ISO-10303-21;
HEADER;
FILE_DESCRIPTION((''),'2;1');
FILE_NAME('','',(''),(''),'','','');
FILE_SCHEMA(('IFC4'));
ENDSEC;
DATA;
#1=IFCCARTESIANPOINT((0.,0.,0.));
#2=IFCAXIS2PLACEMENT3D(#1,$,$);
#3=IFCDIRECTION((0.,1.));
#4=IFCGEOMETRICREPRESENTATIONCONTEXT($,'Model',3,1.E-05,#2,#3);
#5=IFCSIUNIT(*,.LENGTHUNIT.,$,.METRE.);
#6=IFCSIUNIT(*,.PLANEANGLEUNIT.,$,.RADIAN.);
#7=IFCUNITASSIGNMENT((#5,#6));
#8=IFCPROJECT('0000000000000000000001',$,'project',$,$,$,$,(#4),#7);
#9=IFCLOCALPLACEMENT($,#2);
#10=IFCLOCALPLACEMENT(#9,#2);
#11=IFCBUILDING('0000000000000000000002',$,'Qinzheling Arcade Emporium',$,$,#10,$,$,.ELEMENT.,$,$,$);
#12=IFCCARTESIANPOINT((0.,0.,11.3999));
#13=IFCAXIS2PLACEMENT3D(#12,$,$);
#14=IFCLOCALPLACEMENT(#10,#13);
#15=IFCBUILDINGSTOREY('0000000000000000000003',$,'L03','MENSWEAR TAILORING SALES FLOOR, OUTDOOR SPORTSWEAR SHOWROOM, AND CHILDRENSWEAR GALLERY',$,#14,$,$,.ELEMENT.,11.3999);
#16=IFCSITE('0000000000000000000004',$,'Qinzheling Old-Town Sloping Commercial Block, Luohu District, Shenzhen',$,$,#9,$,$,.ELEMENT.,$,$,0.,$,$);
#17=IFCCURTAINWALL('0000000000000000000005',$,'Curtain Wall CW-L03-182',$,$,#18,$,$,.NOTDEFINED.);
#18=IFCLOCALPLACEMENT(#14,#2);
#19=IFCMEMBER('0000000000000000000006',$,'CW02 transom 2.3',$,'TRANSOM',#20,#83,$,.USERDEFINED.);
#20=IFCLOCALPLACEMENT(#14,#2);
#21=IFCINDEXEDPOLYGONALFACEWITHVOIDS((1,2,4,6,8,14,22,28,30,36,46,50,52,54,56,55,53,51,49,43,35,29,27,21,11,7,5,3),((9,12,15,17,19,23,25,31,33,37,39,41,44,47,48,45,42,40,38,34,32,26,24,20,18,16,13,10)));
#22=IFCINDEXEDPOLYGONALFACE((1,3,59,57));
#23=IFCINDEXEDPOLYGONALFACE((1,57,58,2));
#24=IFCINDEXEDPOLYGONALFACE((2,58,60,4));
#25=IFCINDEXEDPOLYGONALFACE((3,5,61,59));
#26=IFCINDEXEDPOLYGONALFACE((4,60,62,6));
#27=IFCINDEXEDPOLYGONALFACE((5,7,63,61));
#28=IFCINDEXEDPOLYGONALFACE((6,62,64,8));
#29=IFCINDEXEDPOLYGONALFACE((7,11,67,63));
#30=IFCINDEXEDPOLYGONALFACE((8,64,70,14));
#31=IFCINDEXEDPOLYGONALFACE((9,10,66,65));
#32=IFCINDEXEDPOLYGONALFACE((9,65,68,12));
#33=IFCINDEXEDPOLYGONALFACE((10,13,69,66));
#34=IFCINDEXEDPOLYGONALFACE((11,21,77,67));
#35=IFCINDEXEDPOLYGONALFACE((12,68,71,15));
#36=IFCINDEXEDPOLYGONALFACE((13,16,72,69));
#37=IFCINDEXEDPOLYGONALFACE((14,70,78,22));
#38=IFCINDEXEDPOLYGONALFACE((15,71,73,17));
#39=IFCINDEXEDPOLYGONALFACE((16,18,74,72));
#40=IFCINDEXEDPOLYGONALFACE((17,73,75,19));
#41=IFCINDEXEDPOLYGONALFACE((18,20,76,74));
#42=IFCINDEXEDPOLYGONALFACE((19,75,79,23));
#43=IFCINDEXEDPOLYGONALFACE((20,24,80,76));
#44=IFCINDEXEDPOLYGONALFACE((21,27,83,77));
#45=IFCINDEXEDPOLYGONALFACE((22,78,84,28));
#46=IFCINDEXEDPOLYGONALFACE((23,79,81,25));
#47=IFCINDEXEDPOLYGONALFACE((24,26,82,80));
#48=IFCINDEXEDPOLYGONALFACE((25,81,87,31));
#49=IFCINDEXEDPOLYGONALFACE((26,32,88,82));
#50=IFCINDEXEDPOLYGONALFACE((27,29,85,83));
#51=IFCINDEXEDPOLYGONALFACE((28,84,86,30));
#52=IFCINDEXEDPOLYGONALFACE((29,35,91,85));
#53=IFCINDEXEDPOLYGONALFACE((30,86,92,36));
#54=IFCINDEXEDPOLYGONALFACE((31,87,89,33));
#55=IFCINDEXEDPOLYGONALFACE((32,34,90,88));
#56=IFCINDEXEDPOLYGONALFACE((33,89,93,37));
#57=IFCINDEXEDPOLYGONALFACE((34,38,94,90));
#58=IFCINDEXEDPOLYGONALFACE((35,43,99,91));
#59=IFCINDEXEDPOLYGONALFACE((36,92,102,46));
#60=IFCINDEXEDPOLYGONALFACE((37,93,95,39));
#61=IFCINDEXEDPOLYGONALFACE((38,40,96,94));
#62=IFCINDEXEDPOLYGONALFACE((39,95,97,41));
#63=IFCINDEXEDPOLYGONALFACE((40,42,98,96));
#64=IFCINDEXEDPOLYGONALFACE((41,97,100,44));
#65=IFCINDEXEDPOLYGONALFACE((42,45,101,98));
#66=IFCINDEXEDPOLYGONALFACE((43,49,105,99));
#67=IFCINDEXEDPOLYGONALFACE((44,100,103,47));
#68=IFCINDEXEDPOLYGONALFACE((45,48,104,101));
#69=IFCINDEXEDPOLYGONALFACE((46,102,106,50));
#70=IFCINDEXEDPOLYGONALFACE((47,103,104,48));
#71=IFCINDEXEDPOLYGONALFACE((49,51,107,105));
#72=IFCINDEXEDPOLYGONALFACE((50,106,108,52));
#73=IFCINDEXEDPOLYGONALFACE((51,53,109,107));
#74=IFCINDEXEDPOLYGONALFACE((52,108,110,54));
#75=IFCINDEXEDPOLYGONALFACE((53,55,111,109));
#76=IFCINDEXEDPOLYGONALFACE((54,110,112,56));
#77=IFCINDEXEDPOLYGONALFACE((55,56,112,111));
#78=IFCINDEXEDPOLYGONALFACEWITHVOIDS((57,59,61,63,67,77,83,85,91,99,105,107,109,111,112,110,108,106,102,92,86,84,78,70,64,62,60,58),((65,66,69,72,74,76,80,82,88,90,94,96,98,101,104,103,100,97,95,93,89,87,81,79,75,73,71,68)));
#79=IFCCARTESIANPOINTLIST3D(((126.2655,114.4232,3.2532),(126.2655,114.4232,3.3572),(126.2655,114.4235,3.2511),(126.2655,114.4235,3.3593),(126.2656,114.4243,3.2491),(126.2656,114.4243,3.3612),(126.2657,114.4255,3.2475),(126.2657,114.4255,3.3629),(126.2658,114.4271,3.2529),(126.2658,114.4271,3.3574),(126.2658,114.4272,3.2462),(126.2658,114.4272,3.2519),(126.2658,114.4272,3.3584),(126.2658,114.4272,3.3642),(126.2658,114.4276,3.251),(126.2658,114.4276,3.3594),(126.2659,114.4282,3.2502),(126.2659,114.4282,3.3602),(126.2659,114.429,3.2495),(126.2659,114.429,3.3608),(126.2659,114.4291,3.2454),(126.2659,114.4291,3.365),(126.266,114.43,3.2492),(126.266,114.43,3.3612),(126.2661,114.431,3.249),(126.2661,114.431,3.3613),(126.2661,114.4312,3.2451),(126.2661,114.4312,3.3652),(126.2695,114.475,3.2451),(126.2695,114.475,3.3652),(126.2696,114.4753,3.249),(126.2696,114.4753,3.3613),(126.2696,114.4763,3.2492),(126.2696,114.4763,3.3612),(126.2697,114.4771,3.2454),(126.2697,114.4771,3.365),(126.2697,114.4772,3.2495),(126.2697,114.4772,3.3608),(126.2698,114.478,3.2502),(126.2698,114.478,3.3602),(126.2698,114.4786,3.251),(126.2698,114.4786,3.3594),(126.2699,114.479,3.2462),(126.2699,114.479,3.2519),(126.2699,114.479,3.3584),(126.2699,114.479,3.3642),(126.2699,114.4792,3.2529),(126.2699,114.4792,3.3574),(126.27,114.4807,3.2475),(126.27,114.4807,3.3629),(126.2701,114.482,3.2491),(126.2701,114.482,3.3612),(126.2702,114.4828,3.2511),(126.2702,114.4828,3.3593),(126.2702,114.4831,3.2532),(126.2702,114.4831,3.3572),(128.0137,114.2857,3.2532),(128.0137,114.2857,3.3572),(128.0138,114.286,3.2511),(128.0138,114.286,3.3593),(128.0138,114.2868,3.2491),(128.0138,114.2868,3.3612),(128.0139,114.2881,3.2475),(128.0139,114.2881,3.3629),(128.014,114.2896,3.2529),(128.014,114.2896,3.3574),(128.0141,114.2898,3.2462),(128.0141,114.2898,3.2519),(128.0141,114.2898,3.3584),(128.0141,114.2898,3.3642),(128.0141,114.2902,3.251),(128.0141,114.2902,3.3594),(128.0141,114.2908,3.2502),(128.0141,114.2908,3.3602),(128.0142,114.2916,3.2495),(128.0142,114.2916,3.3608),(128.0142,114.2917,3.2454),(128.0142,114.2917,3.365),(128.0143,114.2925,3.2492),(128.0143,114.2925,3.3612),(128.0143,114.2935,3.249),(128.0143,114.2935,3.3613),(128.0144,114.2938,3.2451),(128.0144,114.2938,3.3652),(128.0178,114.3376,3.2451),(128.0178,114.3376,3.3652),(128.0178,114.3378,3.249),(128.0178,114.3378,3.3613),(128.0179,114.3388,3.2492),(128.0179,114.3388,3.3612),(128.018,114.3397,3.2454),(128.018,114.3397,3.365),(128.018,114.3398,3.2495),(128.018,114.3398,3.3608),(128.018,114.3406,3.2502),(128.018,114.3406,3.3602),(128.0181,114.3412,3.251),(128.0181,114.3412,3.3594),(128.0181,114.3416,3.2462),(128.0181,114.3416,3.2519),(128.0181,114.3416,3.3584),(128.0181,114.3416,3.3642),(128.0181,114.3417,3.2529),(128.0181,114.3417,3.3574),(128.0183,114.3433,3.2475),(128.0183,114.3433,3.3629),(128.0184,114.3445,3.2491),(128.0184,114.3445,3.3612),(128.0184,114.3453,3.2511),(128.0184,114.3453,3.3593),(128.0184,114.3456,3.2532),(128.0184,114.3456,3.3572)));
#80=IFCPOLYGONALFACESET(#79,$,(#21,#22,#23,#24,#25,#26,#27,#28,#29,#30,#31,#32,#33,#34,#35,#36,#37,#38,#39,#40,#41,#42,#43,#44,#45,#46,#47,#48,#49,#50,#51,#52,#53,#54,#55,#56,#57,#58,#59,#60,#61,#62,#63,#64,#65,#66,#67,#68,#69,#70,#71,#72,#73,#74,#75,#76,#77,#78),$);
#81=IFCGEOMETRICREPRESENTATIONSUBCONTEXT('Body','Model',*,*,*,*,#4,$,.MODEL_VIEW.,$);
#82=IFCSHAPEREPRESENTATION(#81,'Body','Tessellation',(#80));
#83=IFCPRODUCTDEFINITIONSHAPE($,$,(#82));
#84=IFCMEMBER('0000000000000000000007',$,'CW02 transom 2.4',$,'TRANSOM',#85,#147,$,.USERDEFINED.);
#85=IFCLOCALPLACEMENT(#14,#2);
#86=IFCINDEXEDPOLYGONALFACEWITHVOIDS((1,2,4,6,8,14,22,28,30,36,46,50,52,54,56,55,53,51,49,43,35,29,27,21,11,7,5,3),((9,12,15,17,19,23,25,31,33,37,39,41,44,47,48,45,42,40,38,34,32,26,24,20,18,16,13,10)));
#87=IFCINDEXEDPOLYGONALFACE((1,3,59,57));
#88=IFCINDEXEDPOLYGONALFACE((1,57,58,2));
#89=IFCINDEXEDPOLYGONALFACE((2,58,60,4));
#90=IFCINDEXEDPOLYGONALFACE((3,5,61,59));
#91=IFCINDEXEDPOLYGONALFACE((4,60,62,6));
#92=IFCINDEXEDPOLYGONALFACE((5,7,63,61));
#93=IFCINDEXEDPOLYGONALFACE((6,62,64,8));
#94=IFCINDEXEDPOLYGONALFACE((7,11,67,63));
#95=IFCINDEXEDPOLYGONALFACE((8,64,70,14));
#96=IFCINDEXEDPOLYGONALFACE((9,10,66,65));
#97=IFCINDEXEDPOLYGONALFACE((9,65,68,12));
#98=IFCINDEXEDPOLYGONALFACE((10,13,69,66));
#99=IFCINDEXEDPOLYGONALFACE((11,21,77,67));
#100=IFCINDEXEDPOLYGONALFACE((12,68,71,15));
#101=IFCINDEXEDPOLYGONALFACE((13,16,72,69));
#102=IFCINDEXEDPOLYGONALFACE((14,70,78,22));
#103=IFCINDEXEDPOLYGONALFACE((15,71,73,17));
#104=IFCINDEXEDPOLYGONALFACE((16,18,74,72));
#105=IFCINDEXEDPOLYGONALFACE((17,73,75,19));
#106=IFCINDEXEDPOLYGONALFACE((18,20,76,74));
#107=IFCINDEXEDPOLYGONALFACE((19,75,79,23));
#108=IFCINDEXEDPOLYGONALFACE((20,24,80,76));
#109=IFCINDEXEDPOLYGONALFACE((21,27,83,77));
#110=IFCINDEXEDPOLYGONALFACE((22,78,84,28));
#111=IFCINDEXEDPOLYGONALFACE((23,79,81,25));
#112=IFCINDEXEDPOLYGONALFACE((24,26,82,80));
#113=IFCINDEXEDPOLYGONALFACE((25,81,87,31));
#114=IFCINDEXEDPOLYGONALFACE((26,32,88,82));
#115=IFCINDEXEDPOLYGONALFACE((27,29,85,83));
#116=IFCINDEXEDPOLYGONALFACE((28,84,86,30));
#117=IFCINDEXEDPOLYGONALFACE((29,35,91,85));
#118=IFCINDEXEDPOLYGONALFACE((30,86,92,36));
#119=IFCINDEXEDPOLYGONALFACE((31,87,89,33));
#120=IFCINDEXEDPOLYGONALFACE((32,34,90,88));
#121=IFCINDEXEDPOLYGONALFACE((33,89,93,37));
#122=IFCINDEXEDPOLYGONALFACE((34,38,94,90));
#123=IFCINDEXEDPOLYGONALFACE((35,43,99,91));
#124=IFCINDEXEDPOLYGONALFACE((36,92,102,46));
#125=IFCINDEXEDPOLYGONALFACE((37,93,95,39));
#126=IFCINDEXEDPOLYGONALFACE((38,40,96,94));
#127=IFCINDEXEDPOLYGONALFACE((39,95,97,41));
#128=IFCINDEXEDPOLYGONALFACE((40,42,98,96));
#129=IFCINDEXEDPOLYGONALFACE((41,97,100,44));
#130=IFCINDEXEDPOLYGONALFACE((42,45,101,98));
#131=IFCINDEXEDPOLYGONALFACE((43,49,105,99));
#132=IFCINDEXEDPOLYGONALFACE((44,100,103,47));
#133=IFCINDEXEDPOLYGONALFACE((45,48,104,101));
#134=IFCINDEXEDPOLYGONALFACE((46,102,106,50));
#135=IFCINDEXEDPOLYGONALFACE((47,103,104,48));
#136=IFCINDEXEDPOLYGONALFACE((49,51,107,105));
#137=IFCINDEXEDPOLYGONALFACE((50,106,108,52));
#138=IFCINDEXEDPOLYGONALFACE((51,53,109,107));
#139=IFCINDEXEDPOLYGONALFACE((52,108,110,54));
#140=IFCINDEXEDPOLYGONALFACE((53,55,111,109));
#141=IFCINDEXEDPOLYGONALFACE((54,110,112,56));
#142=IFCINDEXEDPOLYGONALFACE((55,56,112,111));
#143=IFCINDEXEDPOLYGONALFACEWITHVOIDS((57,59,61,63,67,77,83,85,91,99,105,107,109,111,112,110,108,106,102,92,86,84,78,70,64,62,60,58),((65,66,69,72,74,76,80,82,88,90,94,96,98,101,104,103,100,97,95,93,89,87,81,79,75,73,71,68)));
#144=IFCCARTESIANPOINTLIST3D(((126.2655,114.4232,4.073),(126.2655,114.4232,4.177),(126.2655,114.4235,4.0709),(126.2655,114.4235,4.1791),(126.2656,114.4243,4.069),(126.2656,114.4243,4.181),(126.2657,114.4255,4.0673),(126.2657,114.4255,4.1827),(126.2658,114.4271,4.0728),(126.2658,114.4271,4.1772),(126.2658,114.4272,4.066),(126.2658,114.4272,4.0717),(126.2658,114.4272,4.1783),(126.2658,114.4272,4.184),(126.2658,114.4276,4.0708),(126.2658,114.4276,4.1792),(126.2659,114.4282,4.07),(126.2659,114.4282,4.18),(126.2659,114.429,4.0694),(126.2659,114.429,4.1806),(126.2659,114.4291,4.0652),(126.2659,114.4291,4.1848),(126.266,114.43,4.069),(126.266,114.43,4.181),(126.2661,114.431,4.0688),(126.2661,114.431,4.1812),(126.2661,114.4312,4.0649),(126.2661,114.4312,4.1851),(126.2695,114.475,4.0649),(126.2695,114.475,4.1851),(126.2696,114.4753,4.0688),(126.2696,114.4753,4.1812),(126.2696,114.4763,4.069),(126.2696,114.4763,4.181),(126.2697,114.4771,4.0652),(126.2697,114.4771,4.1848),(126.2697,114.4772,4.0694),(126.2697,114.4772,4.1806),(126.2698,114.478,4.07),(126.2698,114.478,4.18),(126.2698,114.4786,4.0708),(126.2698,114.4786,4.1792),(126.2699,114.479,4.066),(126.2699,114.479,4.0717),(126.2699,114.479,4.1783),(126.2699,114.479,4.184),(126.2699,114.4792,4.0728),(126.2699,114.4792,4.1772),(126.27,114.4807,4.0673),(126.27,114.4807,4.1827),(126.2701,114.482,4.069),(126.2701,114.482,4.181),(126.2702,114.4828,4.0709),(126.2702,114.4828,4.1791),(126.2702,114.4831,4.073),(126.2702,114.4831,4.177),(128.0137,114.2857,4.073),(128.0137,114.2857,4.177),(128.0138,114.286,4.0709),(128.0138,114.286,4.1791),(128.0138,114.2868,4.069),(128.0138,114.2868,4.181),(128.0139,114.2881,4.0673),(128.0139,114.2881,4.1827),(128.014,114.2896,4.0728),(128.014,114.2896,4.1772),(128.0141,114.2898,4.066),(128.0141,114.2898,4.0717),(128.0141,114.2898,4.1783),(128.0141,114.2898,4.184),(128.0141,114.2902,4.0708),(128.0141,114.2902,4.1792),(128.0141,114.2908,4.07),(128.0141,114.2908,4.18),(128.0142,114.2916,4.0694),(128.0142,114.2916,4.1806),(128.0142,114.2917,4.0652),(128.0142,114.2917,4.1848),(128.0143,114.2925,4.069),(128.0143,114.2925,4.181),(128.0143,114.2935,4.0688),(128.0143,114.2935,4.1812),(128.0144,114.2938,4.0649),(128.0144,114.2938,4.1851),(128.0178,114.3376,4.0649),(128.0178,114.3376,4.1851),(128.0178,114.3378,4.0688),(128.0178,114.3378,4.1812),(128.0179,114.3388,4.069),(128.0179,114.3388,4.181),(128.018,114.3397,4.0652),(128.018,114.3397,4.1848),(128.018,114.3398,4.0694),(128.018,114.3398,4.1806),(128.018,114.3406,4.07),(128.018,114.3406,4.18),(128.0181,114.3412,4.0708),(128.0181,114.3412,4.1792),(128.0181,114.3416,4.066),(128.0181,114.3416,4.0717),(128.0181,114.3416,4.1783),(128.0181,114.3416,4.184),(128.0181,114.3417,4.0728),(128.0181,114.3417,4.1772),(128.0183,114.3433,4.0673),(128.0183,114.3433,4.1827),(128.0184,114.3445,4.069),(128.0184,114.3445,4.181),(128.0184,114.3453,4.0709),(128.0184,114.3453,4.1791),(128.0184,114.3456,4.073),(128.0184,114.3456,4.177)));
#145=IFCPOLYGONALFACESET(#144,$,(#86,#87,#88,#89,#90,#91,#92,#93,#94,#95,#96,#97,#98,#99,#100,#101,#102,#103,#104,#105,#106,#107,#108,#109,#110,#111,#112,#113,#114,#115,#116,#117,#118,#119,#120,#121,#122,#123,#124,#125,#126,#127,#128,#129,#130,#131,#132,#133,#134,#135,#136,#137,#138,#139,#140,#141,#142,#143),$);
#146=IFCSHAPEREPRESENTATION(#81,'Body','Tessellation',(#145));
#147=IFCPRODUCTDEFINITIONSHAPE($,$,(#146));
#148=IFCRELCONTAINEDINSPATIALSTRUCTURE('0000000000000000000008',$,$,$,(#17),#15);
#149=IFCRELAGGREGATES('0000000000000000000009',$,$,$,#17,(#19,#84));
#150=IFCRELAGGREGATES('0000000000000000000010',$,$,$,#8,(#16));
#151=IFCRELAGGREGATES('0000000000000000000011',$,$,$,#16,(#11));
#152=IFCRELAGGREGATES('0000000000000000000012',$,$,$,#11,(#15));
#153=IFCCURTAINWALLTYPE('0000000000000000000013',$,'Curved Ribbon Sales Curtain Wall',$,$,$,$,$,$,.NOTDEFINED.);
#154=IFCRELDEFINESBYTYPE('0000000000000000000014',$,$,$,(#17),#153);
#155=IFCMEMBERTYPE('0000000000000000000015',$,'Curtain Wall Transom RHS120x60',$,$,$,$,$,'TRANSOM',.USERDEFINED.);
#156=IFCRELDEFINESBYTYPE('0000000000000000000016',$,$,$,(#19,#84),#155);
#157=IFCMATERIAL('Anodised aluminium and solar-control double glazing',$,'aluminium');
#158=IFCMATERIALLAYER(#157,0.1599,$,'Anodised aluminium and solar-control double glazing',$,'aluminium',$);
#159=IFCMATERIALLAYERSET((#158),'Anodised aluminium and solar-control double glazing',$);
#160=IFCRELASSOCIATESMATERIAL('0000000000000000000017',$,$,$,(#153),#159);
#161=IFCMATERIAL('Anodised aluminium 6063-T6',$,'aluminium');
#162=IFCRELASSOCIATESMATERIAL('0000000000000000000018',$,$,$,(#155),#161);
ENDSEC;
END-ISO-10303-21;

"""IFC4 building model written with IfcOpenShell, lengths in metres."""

from ifc_helpers import new_model, si_unit, direction, frame, origin, origin_2d, place, context, subcontext, project, spatial, hollow_rectangle, extrude, material, layer, layer_set, material_profile, profile_set, type_object, element, aggregate, save


model = new_model("IFC4")

# Units and contexts
model_context = context("Model", 3, precision=1e-05, world=origin(), true_north=direction((0.0, 1.0)))
body_context = subcontext(model_context, "Body", "Model", "MODEL_VIEW")
ifc_project = project(units=[si_unit("LENGTHUNIT", "METRE"), si_unit("PLANEANGLEUNIT", "RADIAN")], contexts=[model_context])

# Site, building, storey
site_placement = place(None, origin())
site = spatial("IfcSite", under=ifc_project, at=site_placement, Name="Qinzheling Old-Town Sloping Commercial Block, Luohu District, Shenzhen", CompositionType="ELEMENT", RefElevation=0.0)
building_placement = place(site_placement, origin())
building = spatial("IfcBuilding", under=site, at=building_placement, Name="Qinzheling Arcade Emporium", CompositionType="ELEMENT")
storey_placement = place(building_placement, frame((0.0, 0.0, 11.3999)))
storey = spatial("IfcBuildingStorey", under=building, at=storey_placement, Name="L03", Description="MENSWEAR TAILORING SALES FLOOR, OUTDOOR SPORTSWEAR SHOWROOM, AND CHILDRENSWEAR GALLERY", CompositionType="ELEMENT", Elevation=11.3999)

# Curtain wall
ifc_material_1 = material(Name="Anodised aluminium and solar-control double glazing", Category="aluminium")
ifc_layer_1 = layer(ifc_material_1, 0.1599, Name="Anodised aluminium and solar-control double glazing", Category="aluminium")
ifc_layer_set_1 = layer_set([ifc_layer_1], Name="Anodised aluminium and solar-control double glazing")
curtain_wall_type = type_object("IfcCurtainWallType", Name="Curved Ribbon Sales Curtain Wall", PredefinedType="NOTDEFINED", material=ifc_layer_set_1)
curtain_wall_1_placement = place(storey_placement, origin())
curtain_wall_1 = element("IfcCurtainWall", 1, at=curtain_wall_1_placement, inside=storey, type_object=curtain_wall_type, Name="Curtain Wall CW-L03-182", PredefinedType="NOTDEFINED")
ifc_material_2 = material(Name="Anodised aluminium 6063-T6", Category="aluminium")

# Members
ifc_material_profile_1 = material_profile(ifc_material_2, hollow_rectangle(XDim=0.0601, YDim=0.1201, WallThickness=0.0039, InnerFilletRadius=0.0039, OuterFilletRadius=0.0081, at=origin_2d()), Name="RHS 120x60x4", Category="aluminium")
ifc_profile_set_1 = profile_set([ifc_material_profile_1], Name="Anodised aluminium 6063-T6")
member_type_1 = type_object("IfcMemberType", Name="Curtain Wall Transom RHS120x60", ElementType="TRANSOM", PredefinedType="USERDEFINED", material=ifc_profile_set_1)
member_1_placement = place(storey_placement, frame((126.2678, 114.4531, 3.3052), z_axis=(0.996924, -0.078378, 0.0), x_axis=(0.078378, 0.996924, 0.0)))
member_1 = element("IfcMember", 2, at=member_1_placement, type_object=member_type_1, Name="CW02 transom 2.3", ObjectType="TRANSOM", PredefinedType="USERDEFINED", context=body_context, shape_type="SweptSolid", body=[
    extrude(hollow_rectangle(XDim=0.0601, YDim=0.1201, WallThickness=0.0039, InnerFilletRadius=0.0039, OuterFilletRadius=0.0081, at=origin_2d()), origin(), (0.0, 0.0, 1.0), 1.7537),
])
member_2_placement = place(storey_placement, frame((126.2678, 114.4531, 4.125), z_axis=(0.996924, -0.078378, 0.0), x_axis=(0.078378, 0.996924, 0.0)))
member_2 = element("IfcMember", 3, at=member_2_placement, type_object=member_type_1, Name="CW02 transom 2.4", ObjectType="TRANSOM", PredefinedType="USERDEFINED", context=body_context, shape_type="SweptSolid", body=[
    extrude(hollow_rectangle(XDim=0.0601, YDim=0.1201, WallThickness=0.0039, InnerFilletRadius=0.0039, OuterFilletRadius=0.0081, at=origin_2d()), origin(), (0.0, 0.0, 1.0), 1.7537),
])

aggregate(curtain_wall_1, [member_1, member_2])

save(model, "model.ifc")
